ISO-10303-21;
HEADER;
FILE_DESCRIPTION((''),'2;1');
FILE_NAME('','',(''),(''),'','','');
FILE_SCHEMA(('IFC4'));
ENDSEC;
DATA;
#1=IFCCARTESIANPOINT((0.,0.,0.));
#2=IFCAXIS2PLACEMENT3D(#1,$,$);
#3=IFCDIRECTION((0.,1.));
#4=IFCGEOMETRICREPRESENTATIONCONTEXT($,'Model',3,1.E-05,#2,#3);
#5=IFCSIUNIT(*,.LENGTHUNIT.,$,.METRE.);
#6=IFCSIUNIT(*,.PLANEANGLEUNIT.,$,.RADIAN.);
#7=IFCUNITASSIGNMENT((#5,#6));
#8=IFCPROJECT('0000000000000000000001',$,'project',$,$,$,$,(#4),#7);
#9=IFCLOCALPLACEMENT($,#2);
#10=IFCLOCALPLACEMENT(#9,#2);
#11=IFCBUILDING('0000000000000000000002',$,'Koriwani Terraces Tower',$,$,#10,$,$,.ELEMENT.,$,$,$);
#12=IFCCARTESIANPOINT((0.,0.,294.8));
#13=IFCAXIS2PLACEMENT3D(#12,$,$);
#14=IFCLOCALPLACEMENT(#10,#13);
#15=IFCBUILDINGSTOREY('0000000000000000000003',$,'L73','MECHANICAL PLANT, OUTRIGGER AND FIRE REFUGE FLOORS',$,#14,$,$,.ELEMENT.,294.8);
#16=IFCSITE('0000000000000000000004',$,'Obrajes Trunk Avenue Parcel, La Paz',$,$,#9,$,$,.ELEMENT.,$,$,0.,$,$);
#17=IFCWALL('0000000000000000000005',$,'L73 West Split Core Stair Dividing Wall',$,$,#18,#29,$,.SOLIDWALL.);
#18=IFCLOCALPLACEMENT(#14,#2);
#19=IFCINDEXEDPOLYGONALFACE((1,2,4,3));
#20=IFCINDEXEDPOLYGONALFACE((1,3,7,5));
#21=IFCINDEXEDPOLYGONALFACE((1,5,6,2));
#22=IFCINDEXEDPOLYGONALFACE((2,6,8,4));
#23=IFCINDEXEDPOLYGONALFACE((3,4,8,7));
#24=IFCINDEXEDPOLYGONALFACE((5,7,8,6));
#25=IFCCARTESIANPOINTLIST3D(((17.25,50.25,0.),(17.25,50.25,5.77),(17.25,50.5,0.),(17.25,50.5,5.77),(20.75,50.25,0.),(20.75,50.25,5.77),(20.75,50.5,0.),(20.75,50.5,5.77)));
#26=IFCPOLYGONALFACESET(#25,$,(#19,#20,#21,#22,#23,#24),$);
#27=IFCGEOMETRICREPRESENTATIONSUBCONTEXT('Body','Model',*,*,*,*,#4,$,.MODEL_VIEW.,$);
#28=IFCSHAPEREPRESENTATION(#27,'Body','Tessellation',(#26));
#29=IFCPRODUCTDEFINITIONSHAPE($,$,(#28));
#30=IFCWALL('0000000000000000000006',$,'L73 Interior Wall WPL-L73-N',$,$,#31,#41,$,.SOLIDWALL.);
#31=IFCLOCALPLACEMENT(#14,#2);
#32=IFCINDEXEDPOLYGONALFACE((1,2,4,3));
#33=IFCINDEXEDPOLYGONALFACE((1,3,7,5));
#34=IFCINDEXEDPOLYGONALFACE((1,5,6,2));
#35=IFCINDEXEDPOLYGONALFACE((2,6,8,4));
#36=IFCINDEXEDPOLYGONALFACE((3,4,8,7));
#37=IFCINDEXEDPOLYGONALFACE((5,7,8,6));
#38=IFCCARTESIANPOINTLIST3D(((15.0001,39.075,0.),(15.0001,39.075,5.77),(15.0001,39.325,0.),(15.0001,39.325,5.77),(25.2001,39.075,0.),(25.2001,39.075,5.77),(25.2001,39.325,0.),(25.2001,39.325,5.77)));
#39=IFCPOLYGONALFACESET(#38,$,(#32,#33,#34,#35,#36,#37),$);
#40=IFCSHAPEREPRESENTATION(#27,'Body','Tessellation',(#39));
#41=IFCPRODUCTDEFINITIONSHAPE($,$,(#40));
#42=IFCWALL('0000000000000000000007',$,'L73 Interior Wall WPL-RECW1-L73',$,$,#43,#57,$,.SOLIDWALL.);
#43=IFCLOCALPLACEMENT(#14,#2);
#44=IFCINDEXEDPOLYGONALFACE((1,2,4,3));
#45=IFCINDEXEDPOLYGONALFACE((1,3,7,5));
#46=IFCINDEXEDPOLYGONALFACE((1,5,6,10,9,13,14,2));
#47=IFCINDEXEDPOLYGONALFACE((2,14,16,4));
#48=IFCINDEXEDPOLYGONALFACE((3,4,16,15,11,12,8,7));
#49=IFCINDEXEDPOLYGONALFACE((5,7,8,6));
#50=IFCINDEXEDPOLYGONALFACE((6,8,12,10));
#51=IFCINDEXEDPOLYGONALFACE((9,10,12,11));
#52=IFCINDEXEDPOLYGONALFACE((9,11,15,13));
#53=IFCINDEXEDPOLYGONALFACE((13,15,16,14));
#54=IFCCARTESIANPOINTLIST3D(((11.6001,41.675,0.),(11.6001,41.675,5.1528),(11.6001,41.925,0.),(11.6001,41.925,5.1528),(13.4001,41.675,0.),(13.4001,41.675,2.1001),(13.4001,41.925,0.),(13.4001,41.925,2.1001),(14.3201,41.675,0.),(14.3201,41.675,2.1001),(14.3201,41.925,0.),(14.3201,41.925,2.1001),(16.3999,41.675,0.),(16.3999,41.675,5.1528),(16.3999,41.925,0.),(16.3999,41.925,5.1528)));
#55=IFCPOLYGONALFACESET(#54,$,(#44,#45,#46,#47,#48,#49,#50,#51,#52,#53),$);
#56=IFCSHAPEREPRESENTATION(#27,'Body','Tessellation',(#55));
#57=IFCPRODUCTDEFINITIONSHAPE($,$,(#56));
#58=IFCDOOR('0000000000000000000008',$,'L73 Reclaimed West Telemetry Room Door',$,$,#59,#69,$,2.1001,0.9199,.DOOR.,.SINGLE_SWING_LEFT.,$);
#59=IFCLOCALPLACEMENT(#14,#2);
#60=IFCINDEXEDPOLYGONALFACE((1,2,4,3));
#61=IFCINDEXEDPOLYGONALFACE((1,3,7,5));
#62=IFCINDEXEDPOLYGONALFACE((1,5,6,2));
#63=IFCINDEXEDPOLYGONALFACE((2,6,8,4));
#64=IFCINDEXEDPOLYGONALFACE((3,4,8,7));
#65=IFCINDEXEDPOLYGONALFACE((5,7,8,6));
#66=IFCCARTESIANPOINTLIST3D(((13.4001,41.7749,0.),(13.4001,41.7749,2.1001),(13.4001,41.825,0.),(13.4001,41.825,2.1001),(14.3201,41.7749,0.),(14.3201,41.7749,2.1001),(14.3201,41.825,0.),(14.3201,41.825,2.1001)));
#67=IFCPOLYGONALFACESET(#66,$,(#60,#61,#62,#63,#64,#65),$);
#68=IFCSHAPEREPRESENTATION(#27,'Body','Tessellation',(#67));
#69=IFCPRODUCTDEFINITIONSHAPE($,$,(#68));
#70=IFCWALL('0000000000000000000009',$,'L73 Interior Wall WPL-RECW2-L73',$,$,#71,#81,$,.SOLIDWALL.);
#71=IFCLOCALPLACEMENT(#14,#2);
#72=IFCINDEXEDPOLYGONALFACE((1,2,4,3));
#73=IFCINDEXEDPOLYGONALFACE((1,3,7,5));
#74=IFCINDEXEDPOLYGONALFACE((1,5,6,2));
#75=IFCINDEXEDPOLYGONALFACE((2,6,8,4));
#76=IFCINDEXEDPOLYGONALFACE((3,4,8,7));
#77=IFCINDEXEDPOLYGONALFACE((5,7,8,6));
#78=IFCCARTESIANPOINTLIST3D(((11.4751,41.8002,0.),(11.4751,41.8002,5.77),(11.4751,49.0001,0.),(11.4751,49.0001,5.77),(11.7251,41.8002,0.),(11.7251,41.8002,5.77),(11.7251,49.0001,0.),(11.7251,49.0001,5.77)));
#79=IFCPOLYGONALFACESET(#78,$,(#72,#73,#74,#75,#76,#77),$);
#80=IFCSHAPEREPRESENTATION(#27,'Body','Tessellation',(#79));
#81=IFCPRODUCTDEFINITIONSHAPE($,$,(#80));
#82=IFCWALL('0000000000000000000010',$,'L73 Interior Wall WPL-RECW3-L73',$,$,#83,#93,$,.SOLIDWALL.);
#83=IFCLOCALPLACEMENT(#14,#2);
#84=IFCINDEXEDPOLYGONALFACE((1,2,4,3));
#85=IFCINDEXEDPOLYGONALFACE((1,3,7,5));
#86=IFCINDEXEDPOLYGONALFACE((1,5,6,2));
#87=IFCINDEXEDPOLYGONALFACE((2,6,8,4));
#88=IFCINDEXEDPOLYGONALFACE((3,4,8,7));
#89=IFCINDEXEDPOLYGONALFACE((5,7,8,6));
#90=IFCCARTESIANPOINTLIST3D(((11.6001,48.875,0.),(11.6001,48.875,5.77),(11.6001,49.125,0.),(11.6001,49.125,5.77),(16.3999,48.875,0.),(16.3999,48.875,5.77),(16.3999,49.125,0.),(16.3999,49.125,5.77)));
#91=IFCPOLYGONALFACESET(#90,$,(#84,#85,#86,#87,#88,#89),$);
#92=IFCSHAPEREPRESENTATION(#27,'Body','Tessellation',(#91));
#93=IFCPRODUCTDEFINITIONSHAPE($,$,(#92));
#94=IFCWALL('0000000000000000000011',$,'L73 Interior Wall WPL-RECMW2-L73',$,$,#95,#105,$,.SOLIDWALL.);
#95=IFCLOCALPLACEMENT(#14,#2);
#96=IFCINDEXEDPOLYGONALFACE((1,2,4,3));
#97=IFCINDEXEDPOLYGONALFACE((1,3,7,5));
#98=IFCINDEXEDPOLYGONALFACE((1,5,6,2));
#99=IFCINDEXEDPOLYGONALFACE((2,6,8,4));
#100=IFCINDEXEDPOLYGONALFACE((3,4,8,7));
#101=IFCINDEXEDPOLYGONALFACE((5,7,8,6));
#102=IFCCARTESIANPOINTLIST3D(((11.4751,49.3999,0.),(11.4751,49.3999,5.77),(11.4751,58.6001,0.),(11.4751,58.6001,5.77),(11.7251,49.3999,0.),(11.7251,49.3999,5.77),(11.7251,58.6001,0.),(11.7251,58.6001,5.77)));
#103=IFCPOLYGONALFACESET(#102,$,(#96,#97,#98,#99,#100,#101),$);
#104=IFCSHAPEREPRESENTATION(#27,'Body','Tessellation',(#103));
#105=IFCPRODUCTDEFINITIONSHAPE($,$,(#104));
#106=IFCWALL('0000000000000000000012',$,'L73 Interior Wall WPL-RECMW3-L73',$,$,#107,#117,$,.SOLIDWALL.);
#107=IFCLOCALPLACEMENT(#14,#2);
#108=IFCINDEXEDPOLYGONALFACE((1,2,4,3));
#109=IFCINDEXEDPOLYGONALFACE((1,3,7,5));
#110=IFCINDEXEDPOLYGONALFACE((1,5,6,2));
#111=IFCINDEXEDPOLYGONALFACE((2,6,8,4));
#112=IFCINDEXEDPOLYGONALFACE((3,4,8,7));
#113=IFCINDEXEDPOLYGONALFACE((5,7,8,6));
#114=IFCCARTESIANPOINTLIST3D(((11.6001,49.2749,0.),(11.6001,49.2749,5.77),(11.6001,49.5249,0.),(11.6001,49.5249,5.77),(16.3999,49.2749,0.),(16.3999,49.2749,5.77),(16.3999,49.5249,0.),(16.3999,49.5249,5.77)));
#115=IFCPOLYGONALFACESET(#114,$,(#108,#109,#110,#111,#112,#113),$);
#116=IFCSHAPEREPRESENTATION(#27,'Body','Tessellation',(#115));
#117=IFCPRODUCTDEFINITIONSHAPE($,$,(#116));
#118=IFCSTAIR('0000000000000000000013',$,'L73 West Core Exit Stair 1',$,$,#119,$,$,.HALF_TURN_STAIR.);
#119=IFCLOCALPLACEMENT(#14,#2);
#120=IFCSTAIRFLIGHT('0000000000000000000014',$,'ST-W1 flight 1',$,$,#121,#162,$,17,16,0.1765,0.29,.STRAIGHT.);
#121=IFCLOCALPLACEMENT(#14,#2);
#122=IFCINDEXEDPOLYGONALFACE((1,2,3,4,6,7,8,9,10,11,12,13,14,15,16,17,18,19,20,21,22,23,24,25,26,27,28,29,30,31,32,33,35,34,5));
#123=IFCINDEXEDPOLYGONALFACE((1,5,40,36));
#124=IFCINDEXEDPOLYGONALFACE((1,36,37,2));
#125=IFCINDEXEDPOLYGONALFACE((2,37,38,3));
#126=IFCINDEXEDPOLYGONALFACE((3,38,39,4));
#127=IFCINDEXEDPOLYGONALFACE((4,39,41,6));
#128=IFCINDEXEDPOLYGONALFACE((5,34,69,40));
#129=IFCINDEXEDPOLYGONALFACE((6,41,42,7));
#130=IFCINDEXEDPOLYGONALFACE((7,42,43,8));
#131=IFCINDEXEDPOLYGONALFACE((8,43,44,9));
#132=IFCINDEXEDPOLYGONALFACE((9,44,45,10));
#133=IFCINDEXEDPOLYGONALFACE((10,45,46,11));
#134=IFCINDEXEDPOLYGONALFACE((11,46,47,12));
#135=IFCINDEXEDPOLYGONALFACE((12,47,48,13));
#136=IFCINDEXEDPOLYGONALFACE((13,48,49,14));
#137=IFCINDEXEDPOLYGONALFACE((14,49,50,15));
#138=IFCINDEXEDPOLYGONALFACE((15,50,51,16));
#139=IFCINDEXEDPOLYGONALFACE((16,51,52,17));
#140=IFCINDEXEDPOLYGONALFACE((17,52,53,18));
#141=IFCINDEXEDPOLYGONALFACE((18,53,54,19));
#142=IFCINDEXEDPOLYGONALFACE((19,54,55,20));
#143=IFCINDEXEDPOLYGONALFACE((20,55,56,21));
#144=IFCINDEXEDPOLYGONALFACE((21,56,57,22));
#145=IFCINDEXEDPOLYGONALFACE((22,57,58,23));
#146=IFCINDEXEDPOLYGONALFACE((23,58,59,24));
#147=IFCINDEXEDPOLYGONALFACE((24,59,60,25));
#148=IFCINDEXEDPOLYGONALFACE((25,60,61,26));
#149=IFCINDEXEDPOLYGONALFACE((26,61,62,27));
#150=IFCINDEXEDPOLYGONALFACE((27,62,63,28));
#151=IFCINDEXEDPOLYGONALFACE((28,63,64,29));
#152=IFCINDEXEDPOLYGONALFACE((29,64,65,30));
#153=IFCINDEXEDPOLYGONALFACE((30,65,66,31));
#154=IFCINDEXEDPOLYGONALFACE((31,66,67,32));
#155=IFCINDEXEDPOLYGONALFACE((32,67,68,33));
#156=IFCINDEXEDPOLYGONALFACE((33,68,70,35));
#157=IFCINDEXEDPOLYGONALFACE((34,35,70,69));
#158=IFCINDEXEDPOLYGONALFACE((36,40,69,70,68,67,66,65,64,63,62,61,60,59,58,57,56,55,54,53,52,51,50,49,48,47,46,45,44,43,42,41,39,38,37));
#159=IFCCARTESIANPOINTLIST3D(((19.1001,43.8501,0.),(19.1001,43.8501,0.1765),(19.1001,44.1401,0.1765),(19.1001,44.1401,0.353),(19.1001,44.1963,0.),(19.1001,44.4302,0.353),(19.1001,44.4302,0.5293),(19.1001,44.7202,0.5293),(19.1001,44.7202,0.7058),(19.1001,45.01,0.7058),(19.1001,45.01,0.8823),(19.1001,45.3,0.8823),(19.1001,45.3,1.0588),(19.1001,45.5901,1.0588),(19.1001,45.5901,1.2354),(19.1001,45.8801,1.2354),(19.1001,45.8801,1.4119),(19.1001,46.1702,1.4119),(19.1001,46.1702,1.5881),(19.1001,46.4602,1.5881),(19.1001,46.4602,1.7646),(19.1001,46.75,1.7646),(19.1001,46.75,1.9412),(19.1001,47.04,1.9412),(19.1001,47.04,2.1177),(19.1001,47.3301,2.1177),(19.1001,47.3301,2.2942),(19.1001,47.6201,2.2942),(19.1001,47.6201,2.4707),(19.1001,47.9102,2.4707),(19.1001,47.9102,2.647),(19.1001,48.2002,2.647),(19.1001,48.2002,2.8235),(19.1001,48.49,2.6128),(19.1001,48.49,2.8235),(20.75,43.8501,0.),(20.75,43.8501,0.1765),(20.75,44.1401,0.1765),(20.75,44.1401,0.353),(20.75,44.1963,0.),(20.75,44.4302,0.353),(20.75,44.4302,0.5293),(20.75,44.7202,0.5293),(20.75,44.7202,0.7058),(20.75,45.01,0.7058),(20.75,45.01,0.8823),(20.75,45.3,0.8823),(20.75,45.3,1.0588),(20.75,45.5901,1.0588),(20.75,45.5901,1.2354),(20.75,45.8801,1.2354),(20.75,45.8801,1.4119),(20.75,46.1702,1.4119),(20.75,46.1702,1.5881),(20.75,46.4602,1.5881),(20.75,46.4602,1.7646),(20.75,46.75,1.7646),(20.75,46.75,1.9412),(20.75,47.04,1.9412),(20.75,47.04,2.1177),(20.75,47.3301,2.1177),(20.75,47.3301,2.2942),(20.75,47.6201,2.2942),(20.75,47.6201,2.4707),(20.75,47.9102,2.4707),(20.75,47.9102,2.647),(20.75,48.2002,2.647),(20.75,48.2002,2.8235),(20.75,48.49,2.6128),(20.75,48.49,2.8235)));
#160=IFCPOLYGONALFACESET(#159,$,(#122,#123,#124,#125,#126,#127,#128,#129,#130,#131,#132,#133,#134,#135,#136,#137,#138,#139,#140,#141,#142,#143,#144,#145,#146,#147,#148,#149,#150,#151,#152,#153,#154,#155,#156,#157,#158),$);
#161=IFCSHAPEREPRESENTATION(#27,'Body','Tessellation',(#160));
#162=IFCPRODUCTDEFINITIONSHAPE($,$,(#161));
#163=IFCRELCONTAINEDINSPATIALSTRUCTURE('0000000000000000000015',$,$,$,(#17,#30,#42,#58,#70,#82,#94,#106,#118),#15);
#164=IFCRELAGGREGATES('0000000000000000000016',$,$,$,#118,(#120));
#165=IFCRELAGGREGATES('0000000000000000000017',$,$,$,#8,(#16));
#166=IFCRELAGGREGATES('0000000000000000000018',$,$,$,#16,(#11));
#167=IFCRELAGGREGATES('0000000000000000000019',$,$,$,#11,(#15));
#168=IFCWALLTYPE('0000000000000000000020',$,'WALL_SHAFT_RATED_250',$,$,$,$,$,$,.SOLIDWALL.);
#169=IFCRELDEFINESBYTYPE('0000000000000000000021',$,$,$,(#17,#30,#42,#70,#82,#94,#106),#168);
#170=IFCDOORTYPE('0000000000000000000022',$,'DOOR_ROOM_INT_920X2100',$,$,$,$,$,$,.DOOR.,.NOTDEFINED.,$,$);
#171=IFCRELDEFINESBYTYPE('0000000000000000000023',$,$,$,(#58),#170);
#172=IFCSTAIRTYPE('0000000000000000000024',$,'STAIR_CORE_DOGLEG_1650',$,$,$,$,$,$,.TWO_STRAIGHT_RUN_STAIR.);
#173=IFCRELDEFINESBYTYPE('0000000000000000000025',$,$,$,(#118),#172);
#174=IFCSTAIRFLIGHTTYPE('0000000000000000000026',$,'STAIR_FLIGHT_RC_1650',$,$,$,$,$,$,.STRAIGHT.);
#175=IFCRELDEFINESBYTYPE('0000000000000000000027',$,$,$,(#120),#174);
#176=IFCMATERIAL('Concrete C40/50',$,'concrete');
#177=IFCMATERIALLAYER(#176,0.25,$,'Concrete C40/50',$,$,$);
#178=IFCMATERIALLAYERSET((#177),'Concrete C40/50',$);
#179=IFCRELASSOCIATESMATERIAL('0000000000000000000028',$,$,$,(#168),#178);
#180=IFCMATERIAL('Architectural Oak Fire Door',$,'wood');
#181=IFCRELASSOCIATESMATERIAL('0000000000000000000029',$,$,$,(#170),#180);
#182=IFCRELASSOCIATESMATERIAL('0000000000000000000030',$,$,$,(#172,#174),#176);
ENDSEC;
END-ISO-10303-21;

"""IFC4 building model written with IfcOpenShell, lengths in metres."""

from ifc_helpers import new_model, si_unit, direction, frame, frame_2d, origin, place, context, subcontext, project, spatial, polyline, rectangle, outline, extrude, material, layer, layer_set, type_object, element, fill, aggregate, save


model = new_model("IFC4")

# Units and contexts
model_context = context("Model", 3, precision=1e-05, world=origin(), true_north=direction((0.0, 1.0)))
body_context = subcontext(model_context, "Body", "Model", "MODEL_VIEW")
ifc_project = project(units=[si_unit("LENGTHUNIT", "METRE"), si_unit("PLANEANGLEUNIT", "RADIAN")], contexts=[model_context])

# Site, building, storey
site_placement = place(None, origin())
site = spatial("IfcSite", under=ifc_project, at=site_placement, Name="Obrajes Trunk Avenue Parcel, La Paz", CompositionType="ELEMENT", RefElevation=0.0)
building_placement = place(site_placement, origin())
building = spatial("IfcBuilding", under=site, at=building_placement, Name="Koriwani Terraces Tower", CompositionType="ELEMENT")
storey_placement = place(building_placement, frame((0.0, 0.0, 294.8)))
storey = spatial("IfcBuildingStorey", under=building, at=storey_placement, Name="L73", Description="MECHANICAL PLANT, OUTRIGGER AND FIRE REFUGE FLOORS", CompositionType="ELEMENT", Elevation=294.8)

# Shared definitions
ifc_material_1 = material(Name="Concrete C40/50", Category="concrete")

# Wall
ifc_layer_1 = layer(ifc_material_1, 0.25, Name="Concrete C40/50")
ifc_layer_set_1 = layer_set([ifc_layer_1], Name="Concrete C40/50")
wall_type_1 = type_object("IfcWallType", Name="WALL_SHAFT_RATED_250", PredefinedType="SOLIDWALL", material=ifc_layer_set_1)
wall_1_placement = place(storey_placement, frame((17.25, 50.375, 0.0), z_axis=(0.0, 0.0, 1.0), x_axis=(1.0, 0.0, 0.0)))
element("IfcWall", 1, at=wall_1_placement, inside=storey, type_object=wall_type_1, Name="L73 West Split Core Stair Dividing Wall", PredefinedType="SOLIDWALL", context=body_context, shape_type="SweptSolid", body=[
    extrude(rectangle(XDim=3.5, YDim=0.25, at=frame_2d((1.75, 0.0))), origin(), (0.0, 0.0, 1.0), 5.77),
])

# Wall
wall_2_placement = place(storey_placement, frame((15.0, 39.2, 0.0), z_axis=(0.0, 0.0, 1.0), x_axis=(1.0, 0.0, 0.0)))
element("IfcWall", 2, at=wall_2_placement, inside=storey, type_object=wall_type_1, Name="L73 Interior Wall WPL-L73-N", PredefinedType="SOLIDWALL", context=body_context, shape_type="SweptSolid", body=[
    extrude(rectangle(XDim=10.2, YDim=0.25, at=frame_2d((5.1001, 0.0))), origin(), (0.0, 0.0, 1.0), 5.77),
])

# Wall, opening, door
wall_3_placement = place(storey_placement, frame((11.6001, 41.8, 0.0), z_axis=(0.0, 0.0, 1.0), x_axis=(1.0, 0.0, 0.0)))
wall_3 = element("IfcWall", 3, at=wall_3_placement, inside=storey, type_object=wall_type_1, Name="L73 Interior Wall WPL-RECW1-L73", PredefinedType="SOLIDWALL", context=body_context, shape_type="SweptSolid", body=[
    extrude(rectangle(XDim=4.7998, YDim=0.25, at=frame_2d((2.3999, 0.0))), origin(), (0.0, 0.0, 1.0), 5.1528),
])
opening_1_placement = place(wall_3_placement, frame((1.8, 0.0, 0.0)))
opening_1 = element("IfcOpeningElement", 4, at=opening_1_placement, cuts=wall_3, PredefinedType="OPENING", context=body_context, shape_type="SweptSolid", body=[
    extrude(rectangle(XDim=0.9199, YDim=2.1001, at=frame_2d((0.46, 1.05))), frame((0.0, 0.135, 0.0), z_axis=(0.0, -1.0, 0.0), x_axis=(1.0, 0.0, 0.0)), (0.0, 0.0, 1.0), 0.27),
])
ifc_material_2 = material(Name="Architectural Oak Fire Door", Category="wood")
door_type_1 = type_object("IfcDoorType", Name="DOOR_ROOM_INT_920X2100", OperationType="NOTDEFINED", PredefinedType="DOOR", material=ifc_material_2)
door_1_placement = place(opening_1_placement, origin())
door_1 = element("IfcDoor", 5, at=door_1_placement, inside=storey, type_object=door_type_1, Name="L73 Reclaimed West Telemetry Room Door", OperationType="SINGLE_SWING_LEFT", OverallHeight=2.1001, OverallWidth=0.9199, PredefinedType="DOOR", context=body_context, shape_type="SweptSolid", body=[
    extrude(rectangle(XDim=0.9199, YDim=2.1001, at=frame_2d((0.46, 1.05))), frame((0.0, 0.0249, 0.0), z_axis=(0.0, -1.0, 0.0), x_axis=(1.0, 0.0, 0.0)), (0.0, 0.0, 1.0), 0.05),
])
fill(opening_1, door_1)

# Walls
wall_4_placement = place(storey_placement, frame((11.6001, 41.8, 0.0), z_axis=(0.0, 0.0, 1.0), x_axis=(0.0, 1.0, 0.0)))
element("IfcWall", 6, at=wall_4_placement, inside=storey, type_object=wall_type_1, Name="L73 Interior Wall WPL-RECW2-L73", PredefinedType="SOLIDWALL", context=body_context, shape_type="SweptSolid", body=[
    extrude(rectangle(XDim=7.2, YDim=0.25, at=frame_2d((3.6001, 0.0))), origin(), (0.0, 0.0, 1.0), 5.77),
])
wall_5_placement = place(storey_placement, frame((11.6001, 49.0, 0.0), z_axis=(0.0, 0.0, 1.0), x_axis=(1.0, 0.0, 0.0)))
element("IfcWall", 7, at=wall_5_placement, inside=storey, type_object=wall_type_1, Name="L73 Interior Wall WPL-RECW3-L73", PredefinedType="SOLIDWALL", context=body_context, shape_type="SweptSolid", body=[
    extrude(rectangle(XDim=4.7998, YDim=0.25, at=frame_2d((2.3999, 0.0))), origin(), (0.0, 0.0, 1.0), 5.77),
])
wall_6_placement = place(storey_placement, frame((11.6001, 49.3999, 0.0), z_axis=(0.0, 0.0, 1.0), x_axis=(0.0, 1.0, 0.0)))
element("IfcWall", 8, at=wall_6_placement, inside=storey, type_object=wall_type_1, Name="L73 Interior Wall WPL-RECMW2-L73", PredefinedType="SOLIDWALL", context=body_context, shape_type="SweptSolid", body=[
    extrude(rectangle(XDim=9.2002, YDim=0.25, at=frame_2d((4.6001, 0.0))), origin(), (0.0, 0.0, 1.0), 5.77),
])
wall_7_placement = place(storey_placement, frame((11.6001, 49.3999, 0.0), z_axis=(0.0, 0.0, 1.0), x_axis=(1.0, 0.0, 0.0)))
element("IfcWall", 9, at=wall_7_placement, inside=storey, type_object=wall_type_1, Name="L73 Interior Wall WPL-RECMW3-L73", PredefinedType="SOLIDWALL", context=body_context, shape_type="SweptSolid", body=[
    extrude(rectangle(XDim=4.7998, YDim=0.25, at=frame_2d((2.3999, 0.0))), origin(), (0.0, 0.0, 1.0), 5.77),
])

# Stair, stair flight
stair_type = type_object("IfcStairType", Name="STAIR_CORE_DOGLEG_1650", PredefinedType="TWO_STRAIGHT_RUN_STAIR", material=ifc_material_1)
stair_placement = place(storey_placement, origin())
stair = element("IfcStair", 10, at=stair_placement, inside=storey, type_object=stair_type, Name="L73 West Core Exit Stair 1", PredefinedType="HALF_TURN_STAIR")
stair_flight_type = type_object("IfcStairFlightType", Name="STAIR_FLIGHT_RC_1650", PredefinedType="STRAIGHT", material=ifc_material_1)
stair_flight_1_placement = place(storey_placement, frame((19.925, 43.8501, 0.0), z_axis=(0.0, 0.0, 1.0), x_axis=(0.0, 1.0, 0.0)))
stair_flight_1 = element("IfcStairFlight", 11, at=stair_flight_1_placement, type_object=stair_flight_type, Name="ST-W1 flight 1", NumberOfRisers=17, NumberOfTreads=16, PredefinedType="STRAIGHT", RiserHeight=0.1765, TreadLength=0.29, context=body_context, shape_type="SweptSolid", body=[
    extrude(outline(polyline([(0.0, 0.0), (0.0, 0.1765), (0.29, 0.1765), (0.29, 0.353), (0.5801, 0.353), (0.5801, 0.5293), (0.8701, 0.5293), (0.8701, 0.7058), (1.1599, 0.7058), (1.1599, 0.8823), (1.45, 0.8823), (1.45, 1.0588), (1.74, 1.0588), (1.74, 1.2354), (2.03, 1.2354), (2.03, 1.4119), (2.3201, 1.4119), (2.3201, 1.5881), (2.6101, 1.5881), (2.6101, 1.7646), (2.8999, 1.7646), (2.8999, 1.9412), (3.1899, 1.9412), (3.1899, 2.1177), (3.48, 2.1177), (3.48, 2.2942), (3.77, 2.2942), (3.77, 2.4707), (4.0601, 2.4707), (4.0601, 2.647), (4.3501, 2.647), (4.3501, 2.8235), (4.6399, 2.8235), (4.6399, 3.0), (4.6399, 2.6128), (0.3462, 0.0), (0.0, 0.0)])), frame((0.0, 0.825, 0.0), z_axis=(0.0, -1.0, 0.0), x_axis=(1.0, 0.0, 0.0)), (0.0, 0.0, 1.0), 1.6499),
])
aggregate(stair, [stair_flight_1])

save(model, "model.ifc")
